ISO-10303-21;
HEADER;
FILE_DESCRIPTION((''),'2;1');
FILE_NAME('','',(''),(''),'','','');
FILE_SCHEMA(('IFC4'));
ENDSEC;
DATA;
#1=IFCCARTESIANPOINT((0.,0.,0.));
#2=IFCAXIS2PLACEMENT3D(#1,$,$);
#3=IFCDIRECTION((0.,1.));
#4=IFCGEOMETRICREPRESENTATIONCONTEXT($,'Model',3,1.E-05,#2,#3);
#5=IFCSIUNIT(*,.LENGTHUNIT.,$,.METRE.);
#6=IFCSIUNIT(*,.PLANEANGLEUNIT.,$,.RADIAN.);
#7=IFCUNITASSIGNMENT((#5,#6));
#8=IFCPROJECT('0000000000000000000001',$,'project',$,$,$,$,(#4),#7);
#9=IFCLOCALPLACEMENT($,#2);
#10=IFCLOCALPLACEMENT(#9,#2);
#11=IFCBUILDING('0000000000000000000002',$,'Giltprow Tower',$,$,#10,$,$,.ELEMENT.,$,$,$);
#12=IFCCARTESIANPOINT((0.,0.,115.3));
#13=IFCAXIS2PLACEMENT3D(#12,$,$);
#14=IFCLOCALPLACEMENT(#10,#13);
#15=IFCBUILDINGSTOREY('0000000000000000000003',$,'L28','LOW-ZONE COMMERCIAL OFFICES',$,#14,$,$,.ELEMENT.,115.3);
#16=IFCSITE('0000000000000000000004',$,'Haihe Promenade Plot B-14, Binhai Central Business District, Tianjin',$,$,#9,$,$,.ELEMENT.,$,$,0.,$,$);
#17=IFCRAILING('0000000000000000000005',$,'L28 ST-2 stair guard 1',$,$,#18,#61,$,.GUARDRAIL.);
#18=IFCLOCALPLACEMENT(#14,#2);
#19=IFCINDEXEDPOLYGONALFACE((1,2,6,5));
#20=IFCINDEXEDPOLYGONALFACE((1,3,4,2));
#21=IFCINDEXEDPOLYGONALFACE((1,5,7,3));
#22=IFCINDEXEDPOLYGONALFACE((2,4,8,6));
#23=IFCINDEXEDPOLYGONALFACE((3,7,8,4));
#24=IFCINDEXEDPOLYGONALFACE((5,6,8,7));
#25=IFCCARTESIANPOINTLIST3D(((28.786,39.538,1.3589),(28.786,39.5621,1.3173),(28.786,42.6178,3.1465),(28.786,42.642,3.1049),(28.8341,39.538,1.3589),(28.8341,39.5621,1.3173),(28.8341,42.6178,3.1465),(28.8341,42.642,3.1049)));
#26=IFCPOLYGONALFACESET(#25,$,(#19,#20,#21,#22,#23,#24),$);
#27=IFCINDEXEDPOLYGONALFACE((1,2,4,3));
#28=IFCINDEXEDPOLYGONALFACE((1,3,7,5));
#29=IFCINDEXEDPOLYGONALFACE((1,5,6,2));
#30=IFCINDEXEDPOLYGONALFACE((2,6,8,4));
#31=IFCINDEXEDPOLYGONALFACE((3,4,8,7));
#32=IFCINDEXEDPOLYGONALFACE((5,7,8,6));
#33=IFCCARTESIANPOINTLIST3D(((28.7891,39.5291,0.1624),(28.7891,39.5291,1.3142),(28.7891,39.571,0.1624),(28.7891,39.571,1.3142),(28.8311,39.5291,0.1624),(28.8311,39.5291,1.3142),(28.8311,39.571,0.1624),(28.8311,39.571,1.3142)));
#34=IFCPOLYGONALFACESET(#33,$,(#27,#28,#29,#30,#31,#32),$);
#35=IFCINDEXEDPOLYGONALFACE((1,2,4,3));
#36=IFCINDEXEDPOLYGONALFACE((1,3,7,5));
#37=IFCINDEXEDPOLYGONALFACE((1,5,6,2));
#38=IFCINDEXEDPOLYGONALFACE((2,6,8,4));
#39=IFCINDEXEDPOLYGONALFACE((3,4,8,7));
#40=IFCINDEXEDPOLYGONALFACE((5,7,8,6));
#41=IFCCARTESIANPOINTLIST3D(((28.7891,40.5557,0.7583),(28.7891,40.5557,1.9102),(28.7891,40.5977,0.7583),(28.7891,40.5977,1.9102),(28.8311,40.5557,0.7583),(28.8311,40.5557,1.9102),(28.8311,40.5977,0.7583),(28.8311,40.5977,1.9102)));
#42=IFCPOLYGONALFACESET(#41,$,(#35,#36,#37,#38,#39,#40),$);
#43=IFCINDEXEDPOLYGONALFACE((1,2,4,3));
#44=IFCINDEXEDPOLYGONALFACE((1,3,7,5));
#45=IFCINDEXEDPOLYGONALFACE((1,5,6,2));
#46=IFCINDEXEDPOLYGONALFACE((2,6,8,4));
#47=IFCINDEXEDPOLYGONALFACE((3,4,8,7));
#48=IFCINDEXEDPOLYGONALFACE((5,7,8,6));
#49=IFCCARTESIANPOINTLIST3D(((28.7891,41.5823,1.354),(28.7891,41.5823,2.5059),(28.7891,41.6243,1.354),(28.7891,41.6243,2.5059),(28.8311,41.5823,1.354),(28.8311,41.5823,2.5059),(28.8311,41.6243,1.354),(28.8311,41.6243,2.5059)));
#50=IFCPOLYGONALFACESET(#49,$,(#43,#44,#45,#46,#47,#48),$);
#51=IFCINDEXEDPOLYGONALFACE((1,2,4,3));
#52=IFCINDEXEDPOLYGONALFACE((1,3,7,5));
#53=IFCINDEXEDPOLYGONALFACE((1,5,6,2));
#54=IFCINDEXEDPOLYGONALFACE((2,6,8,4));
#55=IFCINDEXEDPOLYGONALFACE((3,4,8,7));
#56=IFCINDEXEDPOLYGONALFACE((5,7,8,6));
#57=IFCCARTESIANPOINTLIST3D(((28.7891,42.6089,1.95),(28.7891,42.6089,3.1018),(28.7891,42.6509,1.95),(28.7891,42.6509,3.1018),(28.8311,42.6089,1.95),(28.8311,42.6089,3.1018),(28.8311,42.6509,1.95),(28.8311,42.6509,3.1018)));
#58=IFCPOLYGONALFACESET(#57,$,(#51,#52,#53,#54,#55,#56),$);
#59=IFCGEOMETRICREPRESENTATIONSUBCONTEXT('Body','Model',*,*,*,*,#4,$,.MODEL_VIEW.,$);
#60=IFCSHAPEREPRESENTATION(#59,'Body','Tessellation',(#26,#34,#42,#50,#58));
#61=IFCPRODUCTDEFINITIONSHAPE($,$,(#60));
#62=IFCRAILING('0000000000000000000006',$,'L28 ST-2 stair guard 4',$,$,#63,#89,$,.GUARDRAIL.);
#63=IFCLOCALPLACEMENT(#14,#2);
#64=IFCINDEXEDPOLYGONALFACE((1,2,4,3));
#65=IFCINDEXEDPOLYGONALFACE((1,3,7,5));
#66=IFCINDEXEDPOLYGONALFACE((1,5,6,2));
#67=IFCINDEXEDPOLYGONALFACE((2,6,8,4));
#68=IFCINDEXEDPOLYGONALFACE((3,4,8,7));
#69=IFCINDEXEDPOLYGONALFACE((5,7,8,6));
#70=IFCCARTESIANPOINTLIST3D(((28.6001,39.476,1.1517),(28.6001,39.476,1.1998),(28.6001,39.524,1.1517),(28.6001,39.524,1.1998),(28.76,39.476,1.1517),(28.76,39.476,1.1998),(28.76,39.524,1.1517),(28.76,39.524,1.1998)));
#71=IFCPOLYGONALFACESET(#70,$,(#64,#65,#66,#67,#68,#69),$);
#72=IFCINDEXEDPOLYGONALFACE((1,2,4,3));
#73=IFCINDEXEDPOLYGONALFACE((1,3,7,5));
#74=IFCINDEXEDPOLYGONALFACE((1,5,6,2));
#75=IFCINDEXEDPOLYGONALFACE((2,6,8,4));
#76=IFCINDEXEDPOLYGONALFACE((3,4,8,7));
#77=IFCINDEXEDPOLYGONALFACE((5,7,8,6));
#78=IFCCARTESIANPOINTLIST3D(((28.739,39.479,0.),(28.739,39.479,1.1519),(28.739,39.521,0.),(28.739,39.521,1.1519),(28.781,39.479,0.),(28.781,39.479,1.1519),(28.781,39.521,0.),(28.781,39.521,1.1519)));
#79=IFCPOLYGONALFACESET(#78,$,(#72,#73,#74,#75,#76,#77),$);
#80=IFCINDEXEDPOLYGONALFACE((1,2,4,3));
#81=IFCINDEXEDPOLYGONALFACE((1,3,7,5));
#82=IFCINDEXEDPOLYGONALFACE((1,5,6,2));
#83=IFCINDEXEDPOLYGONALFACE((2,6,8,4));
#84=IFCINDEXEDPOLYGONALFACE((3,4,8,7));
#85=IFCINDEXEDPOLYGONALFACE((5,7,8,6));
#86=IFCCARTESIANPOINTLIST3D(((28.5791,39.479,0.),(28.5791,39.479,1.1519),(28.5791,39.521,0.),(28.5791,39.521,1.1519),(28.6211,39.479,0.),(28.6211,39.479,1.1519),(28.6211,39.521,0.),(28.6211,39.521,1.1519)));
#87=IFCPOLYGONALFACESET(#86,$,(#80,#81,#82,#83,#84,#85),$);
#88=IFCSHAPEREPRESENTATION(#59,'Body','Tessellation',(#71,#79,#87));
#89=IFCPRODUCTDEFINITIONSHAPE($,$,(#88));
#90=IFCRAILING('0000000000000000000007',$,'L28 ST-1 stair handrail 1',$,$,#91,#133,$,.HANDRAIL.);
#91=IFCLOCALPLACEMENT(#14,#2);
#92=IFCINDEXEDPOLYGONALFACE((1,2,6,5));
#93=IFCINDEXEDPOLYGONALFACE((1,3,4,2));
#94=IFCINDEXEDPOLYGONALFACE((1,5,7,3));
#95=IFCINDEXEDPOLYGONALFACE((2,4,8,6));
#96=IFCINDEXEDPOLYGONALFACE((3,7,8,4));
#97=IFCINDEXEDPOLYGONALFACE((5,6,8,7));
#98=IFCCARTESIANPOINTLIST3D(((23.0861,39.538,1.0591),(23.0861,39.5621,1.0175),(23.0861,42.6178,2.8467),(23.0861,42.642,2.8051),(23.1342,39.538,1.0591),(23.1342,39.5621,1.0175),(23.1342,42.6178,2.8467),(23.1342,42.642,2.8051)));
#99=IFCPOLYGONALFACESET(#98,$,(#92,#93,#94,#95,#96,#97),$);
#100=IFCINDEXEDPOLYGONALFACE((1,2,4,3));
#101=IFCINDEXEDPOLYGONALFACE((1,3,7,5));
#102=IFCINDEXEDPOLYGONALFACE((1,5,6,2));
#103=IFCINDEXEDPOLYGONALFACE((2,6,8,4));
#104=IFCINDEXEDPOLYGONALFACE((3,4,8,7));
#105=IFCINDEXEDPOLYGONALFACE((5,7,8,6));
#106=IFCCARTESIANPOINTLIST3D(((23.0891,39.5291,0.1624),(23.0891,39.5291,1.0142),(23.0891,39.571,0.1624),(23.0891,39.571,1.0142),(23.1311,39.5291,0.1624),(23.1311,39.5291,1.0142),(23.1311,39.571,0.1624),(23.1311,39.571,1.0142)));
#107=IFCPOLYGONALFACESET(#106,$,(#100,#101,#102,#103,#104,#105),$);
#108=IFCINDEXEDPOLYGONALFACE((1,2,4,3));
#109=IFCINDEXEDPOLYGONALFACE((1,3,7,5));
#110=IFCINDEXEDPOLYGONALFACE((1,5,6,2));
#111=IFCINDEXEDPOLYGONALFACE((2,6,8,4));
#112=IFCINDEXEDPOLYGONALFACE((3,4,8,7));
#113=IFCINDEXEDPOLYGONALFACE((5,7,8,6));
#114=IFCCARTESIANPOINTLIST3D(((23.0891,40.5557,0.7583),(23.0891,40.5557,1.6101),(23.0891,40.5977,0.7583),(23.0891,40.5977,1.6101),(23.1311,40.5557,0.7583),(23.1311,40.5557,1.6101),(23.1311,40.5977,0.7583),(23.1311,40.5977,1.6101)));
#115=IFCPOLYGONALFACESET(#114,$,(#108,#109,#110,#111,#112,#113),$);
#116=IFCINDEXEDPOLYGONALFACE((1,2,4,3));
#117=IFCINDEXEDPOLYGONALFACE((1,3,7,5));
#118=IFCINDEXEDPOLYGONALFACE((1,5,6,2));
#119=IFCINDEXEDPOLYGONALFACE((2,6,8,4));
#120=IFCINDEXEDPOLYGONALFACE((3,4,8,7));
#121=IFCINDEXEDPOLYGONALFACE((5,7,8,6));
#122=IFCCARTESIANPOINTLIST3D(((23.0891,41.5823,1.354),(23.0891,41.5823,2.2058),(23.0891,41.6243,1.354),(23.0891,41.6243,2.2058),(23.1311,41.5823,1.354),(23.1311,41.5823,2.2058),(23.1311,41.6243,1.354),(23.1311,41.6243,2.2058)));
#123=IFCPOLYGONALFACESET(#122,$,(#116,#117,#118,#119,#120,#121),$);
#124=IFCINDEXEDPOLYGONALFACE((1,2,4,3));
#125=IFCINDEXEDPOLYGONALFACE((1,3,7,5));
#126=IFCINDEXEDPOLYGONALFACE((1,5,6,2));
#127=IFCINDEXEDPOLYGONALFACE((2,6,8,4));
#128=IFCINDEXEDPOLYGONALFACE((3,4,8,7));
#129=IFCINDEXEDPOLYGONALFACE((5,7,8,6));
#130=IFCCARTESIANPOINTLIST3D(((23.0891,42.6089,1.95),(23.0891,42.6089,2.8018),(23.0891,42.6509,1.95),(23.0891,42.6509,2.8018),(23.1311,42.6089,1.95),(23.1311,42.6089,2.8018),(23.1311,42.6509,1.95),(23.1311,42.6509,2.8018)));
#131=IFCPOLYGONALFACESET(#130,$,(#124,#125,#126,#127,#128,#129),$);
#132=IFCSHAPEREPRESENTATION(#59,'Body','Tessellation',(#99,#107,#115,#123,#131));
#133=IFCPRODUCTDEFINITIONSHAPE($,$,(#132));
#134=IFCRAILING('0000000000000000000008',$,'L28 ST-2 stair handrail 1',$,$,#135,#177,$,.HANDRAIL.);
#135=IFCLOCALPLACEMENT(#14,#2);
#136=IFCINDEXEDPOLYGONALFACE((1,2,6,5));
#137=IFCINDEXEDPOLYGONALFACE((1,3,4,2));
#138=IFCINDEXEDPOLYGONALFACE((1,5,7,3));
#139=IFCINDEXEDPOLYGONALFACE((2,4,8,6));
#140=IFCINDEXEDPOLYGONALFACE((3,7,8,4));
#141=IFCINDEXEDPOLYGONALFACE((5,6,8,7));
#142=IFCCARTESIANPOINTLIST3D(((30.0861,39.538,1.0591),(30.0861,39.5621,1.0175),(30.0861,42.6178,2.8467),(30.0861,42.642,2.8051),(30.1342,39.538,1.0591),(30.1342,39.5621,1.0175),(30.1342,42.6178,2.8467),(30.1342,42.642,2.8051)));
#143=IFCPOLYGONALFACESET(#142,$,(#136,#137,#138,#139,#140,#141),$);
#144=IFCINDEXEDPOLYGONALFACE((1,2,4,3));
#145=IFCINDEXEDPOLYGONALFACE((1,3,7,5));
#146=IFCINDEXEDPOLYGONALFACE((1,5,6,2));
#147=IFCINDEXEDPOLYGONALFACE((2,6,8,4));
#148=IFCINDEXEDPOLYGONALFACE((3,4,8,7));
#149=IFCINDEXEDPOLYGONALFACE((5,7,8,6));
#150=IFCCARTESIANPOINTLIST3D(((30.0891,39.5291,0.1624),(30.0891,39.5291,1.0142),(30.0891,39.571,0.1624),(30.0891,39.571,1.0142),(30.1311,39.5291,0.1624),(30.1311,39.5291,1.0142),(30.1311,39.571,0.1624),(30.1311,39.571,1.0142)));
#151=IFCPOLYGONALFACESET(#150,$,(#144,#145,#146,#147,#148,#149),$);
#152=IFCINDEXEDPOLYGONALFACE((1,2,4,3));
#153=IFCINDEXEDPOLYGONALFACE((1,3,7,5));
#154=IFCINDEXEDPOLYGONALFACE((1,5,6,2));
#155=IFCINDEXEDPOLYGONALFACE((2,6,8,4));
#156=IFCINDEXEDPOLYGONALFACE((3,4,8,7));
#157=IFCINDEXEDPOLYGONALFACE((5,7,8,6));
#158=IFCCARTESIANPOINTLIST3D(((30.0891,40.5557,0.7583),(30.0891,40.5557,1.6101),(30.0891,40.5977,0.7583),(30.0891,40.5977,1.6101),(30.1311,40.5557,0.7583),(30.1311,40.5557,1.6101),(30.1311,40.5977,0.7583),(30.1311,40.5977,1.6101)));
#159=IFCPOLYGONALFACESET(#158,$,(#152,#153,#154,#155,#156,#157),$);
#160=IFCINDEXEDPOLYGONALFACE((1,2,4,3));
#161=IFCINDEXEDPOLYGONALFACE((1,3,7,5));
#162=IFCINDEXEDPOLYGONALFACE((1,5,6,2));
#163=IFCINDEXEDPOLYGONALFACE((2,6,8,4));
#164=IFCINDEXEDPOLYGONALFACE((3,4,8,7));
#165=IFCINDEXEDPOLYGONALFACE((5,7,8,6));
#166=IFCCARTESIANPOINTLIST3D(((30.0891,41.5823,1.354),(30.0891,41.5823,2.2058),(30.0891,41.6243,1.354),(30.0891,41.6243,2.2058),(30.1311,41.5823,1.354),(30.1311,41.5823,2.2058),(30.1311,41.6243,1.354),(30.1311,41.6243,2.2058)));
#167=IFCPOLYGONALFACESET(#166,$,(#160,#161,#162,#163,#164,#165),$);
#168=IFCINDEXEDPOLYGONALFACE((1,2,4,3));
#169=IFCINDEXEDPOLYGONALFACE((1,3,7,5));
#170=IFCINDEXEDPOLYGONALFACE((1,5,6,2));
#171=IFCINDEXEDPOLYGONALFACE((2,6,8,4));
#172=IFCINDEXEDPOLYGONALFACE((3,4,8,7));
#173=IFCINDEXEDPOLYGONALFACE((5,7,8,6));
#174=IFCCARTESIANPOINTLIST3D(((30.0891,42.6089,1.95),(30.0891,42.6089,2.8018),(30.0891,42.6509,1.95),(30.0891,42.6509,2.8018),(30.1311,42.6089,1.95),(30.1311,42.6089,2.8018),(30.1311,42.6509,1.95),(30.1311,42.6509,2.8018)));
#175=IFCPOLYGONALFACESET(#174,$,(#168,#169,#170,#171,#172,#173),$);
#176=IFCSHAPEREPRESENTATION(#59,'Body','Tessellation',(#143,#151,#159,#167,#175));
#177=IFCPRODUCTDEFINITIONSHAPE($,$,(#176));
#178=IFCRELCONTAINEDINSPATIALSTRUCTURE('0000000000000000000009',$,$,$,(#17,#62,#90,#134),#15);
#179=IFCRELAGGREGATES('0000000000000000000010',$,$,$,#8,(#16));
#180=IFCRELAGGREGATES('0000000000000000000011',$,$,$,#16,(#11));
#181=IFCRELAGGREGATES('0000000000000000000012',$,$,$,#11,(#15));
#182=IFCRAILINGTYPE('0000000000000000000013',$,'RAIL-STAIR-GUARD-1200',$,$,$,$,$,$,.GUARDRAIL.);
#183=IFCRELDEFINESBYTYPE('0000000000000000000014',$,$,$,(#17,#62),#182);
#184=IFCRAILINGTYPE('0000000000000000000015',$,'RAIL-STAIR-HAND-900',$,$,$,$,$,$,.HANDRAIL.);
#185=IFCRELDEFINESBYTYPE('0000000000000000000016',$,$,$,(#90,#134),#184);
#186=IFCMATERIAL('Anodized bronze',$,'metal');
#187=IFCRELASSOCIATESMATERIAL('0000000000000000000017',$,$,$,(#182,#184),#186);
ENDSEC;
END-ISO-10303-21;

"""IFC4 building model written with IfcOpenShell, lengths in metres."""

from ifc_helpers import new_model, si_unit, direction, frame, origin, origin_2d, place, context, subcontext, project, spatial, rectangle, extrude, material, type_object, element, save


model = new_model("IFC4")

# Units and contexts
model_context = context("Model", 3, precision=1e-05, world=origin(), true_north=direction((0.0, 1.0)))
body_context = subcontext(model_context, "Body", "Model", "MODEL_VIEW")
ifc_project = project(units=[si_unit("LENGTHUNIT", "METRE"), si_unit("PLANEANGLEUNIT", "RADIAN")], contexts=[model_context])

# Site, building, storey
site_placement = place(None, origin())
site = spatial("IfcSite", under=ifc_project, at=site_placement, Name="Haihe Promenade Plot B-14, Binhai Central Business District, Tianjin", CompositionType="ELEMENT", RefElevation=0.0)
building_placement = place(site_placement, origin())
building = spatial("IfcBuilding", under=site, at=building_placement, Name="Giltprow Tower", CompositionType="ELEMENT")
storey_placement = place(building_placement, frame((0.0, 0.0, 115.3)))
storey = spatial("IfcBuildingStorey", under=building, at=storey_placement, Name="L28", Description="LOW-ZONE COMMERCIAL OFFICES", CompositionType="ELEMENT", Elevation=115.3)

# Railings
ifc_material_1 = material(Name="Anodized bronze", Category="metal")
railing_type_1 = type_object("IfcRailingType", Name="RAIL-STAIR-GUARD-1200", PredefinedType="GUARDRAIL", material=ifc_material_1)
railing_1_placement = place(storey_placement, frame((28.8101, 39.55, 0.1624)))
element("IfcRailing", 1, at=railing_1_placement, inside=storey, type_object=railing_type_1, Name="L28 ST-2 stair guard 1", PredefinedType="GUARDRAIL", context=body_context, shape_type="SweptSolid", body=[
    extrude(rectangle(XDim=0.0481, YDim=0.0481, at=origin_2d()), frame((0.0, 0.0, 1.1758), z_axis=(0.0, 0.864873, 0.50199), x_axis=(-1.0, 0.0, 0.0)), (0.0, 0.0, 1.0), 3.561),
    extrude(rectangle(XDim=0.042, YDim=0.042, at=origin_2d()), origin(), (0.0, 0.0, 1.0), 1.1519),
    extrude(rectangle(XDim=0.042, YDim=0.042, at=origin_2d()), frame((0.0, 1.0266, 0.5959)), (0.0, 0.0, 1.0), 1.1519),
    extrude(rectangle(XDim=0.042, YDim=0.042, at=origin_2d()), frame((0.0, 2.0532, 1.1917)), (0.0, 0.0, 1.0), 1.1519),
    extrude(rectangle(XDim=0.042, YDim=0.042, at=origin_2d()), frame((0.0, 3.0798, 1.7876)), (0.0, 0.0, 1.0), 1.1519),
])
railing_2_placement = place(storey_placement, frame((28.76, 39.5, 0.0)))
element("IfcRailing", 2, at=railing_2_placement, inside=storey, type_object=railing_type_1, Name="L28 ST-2 stair guard 4", PredefinedType="GUARDRAIL", context=body_context, shape_type="SweptSolid", body=[
    extrude(rectangle(XDim=0.0481, YDim=0.0481, at=origin_2d()), frame((0.0, 0.0, 1.1758), z_axis=(-1.0, 0.0, 0.0), x_axis=(0.0, -1.0, 0.0)), (0.0, 0.0, 1.0), 0.1599),
    extrude(rectangle(XDim=0.042, YDim=0.042, at=origin_2d()), origin(), (0.0, 0.0, 1.0), 1.1519),
    extrude(rectangle(XDim=0.042, YDim=0.042, at=origin_2d()), frame((-0.1599, 0.0, 0.0)), (0.0, 0.0, 1.0), 1.1519),
])
railing_type_2 = type_object("IfcRailingType", Name="RAIL-STAIR-HAND-900", PredefinedType="HANDRAIL", material=ifc_material_1)
for number, where, name in (
    (3, (23.1101, 39.55, 0.1624), "L28 ST-1 stair handrail 1"),
    (4, (30.1101, 39.55, 0.1624), "L28 ST-2 stair handrail 1"),
):
    element("IfcRailing", number, at=place(storey_placement, frame(where)), inside=storey, type_object=railing_type_2, Name=name, PredefinedType="HANDRAIL", context=body_context, shape_type="SweptSolid", body=[
        extrude(rectangle(XDim=0.0481, YDim=0.0481, at=origin_2d()), frame((0.0, 0.0, 0.876), z_axis=(0.0, 0.864873, 0.50199), x_axis=(-1.0, 0.0, 0.0)), (0.0, 0.0, 1.0), 3.561),
        extrude(rectangle(XDim=0.042, YDim=0.042, at=origin_2d()), origin(), (0.0, 0.0, 1.0), 0.8518),
        extrude(rectangle(XDim=0.042, YDim=0.042, at=origin_2d()), frame((0.0, 1.0266, 0.5959)), (0.0, 0.0, 1.0), 0.8518),
        extrude(rectangle(XDim=0.042, YDim=0.042, at=origin_2d()), frame((0.0, 2.0532, 1.1917)), (0.0, 0.0, 1.0), 0.8518),
        extrude(rectangle(XDim=0.042, YDim=0.042, at=origin_2d()), frame((0.0, 3.0798, 1.7876)), (0.0, 0.0, 1.0), 0.8518),
    ])

save(model, "model.ifc")
